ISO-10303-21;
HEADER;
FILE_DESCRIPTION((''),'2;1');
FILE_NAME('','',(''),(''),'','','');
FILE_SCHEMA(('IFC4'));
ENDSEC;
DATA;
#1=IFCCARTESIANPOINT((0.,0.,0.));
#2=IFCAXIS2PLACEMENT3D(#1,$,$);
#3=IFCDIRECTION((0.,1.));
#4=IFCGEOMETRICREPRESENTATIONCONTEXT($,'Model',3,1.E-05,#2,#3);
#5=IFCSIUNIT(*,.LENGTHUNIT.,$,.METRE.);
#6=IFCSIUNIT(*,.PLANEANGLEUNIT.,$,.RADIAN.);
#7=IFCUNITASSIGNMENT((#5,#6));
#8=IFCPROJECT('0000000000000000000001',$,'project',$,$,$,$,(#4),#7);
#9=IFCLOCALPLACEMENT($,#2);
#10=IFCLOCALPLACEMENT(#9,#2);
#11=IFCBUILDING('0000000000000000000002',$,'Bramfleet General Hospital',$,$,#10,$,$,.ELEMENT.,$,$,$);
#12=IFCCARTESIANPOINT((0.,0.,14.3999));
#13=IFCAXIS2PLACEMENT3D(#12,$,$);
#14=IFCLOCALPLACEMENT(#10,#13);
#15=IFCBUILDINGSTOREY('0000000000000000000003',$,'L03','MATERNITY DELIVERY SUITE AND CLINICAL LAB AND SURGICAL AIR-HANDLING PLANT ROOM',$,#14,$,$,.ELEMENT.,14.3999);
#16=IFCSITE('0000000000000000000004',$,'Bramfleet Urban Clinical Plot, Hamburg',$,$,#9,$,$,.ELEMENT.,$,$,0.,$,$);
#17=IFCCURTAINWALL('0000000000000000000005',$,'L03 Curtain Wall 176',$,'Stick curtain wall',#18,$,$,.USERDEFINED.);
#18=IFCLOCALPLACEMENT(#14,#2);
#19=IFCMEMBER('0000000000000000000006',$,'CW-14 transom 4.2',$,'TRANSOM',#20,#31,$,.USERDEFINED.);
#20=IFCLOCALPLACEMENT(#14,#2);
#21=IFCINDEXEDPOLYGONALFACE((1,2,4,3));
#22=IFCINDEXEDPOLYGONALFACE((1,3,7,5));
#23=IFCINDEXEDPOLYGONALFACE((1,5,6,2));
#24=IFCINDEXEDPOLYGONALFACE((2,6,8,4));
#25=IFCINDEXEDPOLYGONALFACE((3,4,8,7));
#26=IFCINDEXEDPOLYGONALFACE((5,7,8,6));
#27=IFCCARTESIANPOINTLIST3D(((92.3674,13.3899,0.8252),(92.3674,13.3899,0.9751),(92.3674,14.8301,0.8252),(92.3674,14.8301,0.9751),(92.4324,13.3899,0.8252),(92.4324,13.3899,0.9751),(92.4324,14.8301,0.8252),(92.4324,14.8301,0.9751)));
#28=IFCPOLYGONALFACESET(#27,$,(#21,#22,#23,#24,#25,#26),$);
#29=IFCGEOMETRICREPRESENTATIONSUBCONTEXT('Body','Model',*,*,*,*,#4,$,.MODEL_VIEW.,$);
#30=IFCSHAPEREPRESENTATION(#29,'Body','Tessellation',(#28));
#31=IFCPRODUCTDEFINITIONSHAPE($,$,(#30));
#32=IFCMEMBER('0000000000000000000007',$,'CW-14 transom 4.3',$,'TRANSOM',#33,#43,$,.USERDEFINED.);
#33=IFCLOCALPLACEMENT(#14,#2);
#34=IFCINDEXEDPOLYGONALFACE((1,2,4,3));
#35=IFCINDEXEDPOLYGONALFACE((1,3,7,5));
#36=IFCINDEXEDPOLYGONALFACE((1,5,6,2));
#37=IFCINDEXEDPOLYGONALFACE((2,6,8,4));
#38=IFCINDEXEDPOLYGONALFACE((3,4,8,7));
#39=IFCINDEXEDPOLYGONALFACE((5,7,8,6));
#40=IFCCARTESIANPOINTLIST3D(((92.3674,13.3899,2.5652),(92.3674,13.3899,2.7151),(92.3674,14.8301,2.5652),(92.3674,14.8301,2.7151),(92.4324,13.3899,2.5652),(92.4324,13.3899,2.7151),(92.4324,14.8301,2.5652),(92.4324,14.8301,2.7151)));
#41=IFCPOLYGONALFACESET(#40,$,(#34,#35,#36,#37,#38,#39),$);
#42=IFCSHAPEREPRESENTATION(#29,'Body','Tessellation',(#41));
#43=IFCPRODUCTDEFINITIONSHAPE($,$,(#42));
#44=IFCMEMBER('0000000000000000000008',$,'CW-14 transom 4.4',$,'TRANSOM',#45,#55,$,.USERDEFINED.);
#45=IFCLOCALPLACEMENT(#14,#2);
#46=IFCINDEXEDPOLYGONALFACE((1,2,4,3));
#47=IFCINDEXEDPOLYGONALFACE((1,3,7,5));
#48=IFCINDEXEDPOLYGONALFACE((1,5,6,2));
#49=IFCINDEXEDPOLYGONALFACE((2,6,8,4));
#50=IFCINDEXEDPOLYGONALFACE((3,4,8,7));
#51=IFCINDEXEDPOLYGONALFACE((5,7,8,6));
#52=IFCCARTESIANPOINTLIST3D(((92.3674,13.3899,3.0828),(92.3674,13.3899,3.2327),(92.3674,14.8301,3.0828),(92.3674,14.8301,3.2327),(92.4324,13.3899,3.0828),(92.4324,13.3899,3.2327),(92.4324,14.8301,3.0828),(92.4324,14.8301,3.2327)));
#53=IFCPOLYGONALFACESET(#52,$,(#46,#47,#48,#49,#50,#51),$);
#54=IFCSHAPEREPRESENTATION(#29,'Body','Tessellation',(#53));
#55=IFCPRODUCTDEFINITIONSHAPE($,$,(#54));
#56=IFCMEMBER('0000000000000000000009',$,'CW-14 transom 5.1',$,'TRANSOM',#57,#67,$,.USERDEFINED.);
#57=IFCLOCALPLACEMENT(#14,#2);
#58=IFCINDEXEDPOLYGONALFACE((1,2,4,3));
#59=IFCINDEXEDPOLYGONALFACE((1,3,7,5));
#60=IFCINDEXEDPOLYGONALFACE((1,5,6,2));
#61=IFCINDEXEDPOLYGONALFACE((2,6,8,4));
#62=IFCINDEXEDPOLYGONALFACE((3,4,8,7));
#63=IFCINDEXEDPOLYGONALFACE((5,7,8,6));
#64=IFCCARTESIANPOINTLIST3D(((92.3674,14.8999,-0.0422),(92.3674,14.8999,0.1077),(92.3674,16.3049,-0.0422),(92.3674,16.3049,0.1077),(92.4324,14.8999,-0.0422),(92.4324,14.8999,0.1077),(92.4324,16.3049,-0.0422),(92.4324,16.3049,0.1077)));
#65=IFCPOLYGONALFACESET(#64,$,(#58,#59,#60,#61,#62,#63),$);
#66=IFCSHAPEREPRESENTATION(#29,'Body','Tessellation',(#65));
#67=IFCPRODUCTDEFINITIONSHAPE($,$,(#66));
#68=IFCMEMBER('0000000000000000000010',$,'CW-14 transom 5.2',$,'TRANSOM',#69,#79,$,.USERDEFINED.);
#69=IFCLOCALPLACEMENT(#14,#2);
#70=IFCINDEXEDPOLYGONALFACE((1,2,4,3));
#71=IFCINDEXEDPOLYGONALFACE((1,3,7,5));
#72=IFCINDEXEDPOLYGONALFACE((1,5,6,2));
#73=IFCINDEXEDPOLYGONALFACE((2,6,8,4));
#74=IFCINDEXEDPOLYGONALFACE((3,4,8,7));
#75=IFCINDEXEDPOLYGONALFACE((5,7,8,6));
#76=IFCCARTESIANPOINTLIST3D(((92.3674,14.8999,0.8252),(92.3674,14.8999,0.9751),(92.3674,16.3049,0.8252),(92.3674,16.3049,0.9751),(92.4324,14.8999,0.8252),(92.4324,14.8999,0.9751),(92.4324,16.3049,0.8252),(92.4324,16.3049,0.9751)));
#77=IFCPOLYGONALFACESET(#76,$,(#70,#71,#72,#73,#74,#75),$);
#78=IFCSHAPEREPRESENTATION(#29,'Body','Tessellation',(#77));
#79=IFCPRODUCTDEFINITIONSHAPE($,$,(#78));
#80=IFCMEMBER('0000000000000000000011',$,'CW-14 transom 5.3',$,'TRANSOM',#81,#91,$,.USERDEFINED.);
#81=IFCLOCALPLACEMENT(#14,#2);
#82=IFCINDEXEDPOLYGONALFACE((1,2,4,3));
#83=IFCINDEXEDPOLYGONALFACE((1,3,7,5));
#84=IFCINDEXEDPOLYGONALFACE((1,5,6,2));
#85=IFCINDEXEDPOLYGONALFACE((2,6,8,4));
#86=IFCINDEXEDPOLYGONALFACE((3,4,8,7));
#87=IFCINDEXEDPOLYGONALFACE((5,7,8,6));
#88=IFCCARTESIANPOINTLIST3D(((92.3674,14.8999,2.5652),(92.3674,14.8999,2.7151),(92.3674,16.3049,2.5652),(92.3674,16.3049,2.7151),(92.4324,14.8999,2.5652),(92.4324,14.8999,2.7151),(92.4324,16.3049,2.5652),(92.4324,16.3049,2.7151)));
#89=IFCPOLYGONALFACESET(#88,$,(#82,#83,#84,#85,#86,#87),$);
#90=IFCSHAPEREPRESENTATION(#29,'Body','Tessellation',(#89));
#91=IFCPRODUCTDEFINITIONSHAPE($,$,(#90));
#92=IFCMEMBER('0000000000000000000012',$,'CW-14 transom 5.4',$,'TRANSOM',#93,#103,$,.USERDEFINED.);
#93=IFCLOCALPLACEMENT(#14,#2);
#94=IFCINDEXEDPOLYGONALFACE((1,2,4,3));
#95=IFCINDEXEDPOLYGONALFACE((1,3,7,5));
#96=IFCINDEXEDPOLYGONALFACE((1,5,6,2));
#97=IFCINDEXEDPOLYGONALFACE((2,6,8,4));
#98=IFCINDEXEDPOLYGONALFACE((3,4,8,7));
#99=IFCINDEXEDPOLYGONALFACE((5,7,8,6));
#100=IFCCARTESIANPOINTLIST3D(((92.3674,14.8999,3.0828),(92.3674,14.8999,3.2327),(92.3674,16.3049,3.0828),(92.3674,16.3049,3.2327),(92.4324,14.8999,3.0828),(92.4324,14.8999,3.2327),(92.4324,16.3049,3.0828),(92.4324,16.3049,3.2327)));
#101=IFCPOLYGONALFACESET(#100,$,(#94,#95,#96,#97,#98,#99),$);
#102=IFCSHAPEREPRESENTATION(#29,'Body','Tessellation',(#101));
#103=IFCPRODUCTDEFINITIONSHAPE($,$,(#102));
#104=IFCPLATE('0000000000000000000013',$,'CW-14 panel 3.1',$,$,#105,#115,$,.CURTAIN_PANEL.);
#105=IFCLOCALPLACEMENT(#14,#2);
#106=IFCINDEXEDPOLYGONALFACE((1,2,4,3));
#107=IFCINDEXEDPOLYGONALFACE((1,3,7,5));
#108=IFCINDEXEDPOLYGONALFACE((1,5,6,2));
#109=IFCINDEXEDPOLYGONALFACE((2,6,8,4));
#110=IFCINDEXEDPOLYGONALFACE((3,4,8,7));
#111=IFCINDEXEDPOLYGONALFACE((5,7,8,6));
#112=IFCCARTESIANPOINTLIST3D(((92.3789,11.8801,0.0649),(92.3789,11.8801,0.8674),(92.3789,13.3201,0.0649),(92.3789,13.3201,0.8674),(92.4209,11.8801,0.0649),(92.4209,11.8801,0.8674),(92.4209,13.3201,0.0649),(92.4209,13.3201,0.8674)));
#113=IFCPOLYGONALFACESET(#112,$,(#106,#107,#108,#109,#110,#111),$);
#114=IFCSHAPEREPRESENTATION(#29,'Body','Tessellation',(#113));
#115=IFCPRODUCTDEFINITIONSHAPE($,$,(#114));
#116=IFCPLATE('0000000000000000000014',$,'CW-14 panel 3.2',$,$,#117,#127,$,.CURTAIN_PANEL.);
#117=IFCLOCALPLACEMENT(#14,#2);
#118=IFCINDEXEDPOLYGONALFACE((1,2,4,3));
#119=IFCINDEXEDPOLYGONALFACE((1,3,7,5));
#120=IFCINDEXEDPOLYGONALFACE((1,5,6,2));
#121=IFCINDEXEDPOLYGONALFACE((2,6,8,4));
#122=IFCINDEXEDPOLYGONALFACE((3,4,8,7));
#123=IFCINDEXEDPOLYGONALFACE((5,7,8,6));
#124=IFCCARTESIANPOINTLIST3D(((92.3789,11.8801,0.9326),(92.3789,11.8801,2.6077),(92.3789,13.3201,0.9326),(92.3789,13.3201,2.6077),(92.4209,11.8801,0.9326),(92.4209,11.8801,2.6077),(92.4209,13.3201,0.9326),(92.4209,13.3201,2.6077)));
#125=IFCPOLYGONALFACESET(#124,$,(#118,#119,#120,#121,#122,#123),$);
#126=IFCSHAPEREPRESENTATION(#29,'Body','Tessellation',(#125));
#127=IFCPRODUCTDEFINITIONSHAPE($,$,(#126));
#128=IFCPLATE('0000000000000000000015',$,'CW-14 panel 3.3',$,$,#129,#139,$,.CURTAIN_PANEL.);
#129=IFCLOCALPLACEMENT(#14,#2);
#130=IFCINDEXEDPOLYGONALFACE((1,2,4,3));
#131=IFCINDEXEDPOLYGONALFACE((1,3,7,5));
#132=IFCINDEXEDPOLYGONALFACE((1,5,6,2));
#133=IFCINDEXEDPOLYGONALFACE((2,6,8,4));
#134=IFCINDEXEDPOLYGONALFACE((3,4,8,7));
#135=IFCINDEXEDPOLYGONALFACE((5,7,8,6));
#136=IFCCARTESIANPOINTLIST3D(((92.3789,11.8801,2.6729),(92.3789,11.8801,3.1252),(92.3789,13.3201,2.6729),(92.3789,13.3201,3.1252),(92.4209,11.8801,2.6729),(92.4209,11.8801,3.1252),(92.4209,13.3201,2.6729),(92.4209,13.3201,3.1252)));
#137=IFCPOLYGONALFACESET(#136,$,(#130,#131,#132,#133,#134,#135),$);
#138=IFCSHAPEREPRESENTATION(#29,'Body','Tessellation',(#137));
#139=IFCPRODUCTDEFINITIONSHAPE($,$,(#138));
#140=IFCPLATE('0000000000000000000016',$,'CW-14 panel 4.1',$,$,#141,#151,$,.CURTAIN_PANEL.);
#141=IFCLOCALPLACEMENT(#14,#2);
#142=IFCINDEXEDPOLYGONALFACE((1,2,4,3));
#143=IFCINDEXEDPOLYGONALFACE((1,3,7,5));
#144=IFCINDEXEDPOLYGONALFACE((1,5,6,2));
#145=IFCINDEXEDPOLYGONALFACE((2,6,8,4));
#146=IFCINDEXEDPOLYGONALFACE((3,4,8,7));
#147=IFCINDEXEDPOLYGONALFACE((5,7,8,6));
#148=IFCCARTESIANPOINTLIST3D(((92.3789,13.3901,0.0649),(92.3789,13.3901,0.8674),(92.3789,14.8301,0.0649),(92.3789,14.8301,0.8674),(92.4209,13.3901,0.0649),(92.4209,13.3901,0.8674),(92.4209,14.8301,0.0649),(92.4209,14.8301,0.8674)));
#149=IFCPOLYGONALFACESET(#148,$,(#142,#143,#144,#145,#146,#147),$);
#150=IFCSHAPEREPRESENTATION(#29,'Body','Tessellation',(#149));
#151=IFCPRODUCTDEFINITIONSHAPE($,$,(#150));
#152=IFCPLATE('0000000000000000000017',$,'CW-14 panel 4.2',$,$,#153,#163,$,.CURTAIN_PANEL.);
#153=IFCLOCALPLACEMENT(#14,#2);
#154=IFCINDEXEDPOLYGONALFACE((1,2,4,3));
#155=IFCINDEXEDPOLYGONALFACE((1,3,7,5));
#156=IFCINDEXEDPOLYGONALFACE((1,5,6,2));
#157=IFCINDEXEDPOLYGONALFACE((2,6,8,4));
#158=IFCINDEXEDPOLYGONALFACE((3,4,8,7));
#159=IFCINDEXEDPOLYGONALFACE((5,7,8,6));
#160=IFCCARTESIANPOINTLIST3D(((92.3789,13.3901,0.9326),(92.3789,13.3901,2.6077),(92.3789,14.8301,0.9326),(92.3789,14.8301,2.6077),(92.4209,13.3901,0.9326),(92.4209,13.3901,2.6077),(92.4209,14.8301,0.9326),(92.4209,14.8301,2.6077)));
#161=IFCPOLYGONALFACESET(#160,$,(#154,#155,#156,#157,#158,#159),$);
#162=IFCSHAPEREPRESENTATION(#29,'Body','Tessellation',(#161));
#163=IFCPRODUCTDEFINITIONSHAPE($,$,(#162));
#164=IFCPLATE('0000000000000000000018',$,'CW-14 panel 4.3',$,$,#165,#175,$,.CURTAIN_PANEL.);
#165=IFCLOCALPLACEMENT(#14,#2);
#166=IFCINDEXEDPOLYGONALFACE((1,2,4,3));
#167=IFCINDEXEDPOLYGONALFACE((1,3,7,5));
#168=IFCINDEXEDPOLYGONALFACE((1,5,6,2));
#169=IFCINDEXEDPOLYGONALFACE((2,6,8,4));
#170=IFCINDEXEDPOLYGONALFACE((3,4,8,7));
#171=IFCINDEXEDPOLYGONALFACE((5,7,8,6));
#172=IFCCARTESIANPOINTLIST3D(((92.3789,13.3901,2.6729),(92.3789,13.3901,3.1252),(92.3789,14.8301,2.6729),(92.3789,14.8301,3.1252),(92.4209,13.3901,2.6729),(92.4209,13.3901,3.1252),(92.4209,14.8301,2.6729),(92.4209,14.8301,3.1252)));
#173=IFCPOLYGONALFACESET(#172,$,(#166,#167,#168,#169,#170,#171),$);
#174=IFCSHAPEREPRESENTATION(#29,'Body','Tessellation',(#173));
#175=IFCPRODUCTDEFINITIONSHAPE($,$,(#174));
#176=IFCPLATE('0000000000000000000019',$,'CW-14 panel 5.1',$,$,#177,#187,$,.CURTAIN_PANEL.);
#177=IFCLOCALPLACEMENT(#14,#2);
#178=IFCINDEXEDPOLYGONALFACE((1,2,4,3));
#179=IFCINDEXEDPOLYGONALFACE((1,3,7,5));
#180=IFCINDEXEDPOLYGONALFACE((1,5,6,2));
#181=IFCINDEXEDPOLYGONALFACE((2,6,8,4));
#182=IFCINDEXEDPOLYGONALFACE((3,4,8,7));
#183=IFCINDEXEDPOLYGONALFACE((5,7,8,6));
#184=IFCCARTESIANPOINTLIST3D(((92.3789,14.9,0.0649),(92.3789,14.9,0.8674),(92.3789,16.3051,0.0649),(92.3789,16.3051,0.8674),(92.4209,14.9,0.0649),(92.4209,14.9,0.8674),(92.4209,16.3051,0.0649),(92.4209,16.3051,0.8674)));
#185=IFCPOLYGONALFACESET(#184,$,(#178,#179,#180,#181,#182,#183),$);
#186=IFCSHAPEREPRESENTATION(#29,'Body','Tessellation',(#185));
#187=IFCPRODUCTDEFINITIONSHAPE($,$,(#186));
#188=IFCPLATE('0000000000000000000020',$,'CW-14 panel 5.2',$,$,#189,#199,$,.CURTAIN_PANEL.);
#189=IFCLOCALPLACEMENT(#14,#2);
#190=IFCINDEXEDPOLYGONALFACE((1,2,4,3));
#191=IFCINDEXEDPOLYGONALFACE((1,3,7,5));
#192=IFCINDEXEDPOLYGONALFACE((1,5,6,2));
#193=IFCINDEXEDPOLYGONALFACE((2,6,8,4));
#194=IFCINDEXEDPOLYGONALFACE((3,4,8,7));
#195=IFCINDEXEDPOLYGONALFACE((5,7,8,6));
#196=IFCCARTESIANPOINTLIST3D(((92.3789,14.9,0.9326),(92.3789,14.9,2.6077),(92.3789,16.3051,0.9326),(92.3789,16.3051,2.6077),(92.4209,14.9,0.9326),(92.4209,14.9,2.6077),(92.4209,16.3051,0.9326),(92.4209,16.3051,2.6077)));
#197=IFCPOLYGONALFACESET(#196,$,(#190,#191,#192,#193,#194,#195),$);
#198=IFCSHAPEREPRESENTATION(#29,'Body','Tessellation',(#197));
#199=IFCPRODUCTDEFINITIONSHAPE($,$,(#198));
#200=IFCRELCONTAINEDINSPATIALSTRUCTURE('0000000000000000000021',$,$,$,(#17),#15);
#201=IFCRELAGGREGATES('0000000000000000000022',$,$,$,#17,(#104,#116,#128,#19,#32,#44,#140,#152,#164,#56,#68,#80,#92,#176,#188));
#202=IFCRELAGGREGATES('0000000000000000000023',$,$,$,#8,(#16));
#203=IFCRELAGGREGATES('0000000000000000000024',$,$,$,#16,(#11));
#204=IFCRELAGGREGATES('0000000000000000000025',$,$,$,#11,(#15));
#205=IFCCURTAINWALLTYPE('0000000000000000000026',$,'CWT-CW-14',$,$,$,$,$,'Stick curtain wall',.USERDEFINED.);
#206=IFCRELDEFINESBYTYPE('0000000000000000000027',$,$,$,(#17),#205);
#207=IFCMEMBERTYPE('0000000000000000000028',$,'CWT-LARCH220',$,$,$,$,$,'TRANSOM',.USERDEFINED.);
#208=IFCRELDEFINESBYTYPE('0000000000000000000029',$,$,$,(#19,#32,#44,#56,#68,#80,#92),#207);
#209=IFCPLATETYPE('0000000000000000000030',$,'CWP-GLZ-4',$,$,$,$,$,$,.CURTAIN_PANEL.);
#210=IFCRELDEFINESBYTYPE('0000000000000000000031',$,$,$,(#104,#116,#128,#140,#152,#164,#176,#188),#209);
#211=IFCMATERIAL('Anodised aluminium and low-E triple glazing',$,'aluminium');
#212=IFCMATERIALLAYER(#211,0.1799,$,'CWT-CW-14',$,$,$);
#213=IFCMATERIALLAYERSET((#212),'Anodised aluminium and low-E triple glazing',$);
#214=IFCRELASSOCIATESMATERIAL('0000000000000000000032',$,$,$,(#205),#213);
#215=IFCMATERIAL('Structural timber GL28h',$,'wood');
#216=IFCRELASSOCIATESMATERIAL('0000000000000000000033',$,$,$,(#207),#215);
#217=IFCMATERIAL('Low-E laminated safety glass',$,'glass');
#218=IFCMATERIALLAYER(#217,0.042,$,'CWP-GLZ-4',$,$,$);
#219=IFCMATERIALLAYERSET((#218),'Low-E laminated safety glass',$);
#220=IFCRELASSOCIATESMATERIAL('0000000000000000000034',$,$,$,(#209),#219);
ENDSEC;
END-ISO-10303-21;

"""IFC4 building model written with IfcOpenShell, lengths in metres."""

from ifc_helpers import new_model, si_unit, direction, frame, origin, origin_2d, place, context, subcontext, project, spatial, rectangle, extrude, material, layer, layer_set, material_profile, profile_set, type_object, element, aggregate, save


model = new_model("IFC4")

# Units and contexts
model_context = context("Model", 3, precision=1e-05, world=origin(), true_north=direction((0.0, 1.0)))
body_context = subcontext(model_context, "Body", "Model", "MODEL_VIEW")
ifc_project = project(units=[si_unit("LENGTHUNIT", "METRE"), si_unit("PLANEANGLEUNIT", "RADIAN")], contexts=[model_context])

# Site, building, storey
site_placement = place(None, origin())
site = spatial("IfcSite", under=ifc_project, at=site_placement, Name="Bramfleet Urban Clinical Plot, Hamburg", CompositionType="ELEMENT", RefElevation=0.0)
building_placement = place(site_placement, origin())
building = spatial("IfcBuilding", under=site, at=building_placement, Name="Bramfleet General Hospital", CompositionType="ELEMENT")
storey_placement = place(building_placement, frame((0.0, 0.0, 14.3999)))
storey = spatial("IfcBuildingStorey", under=building, at=storey_placement, Name="L03", Description="MATERNITY DELIVERY SUITE AND CLINICAL LAB AND SURGICAL AIR-HANDLING PLANT ROOM", CompositionType="ELEMENT", Elevation=14.3999)

# Curtain wall
ifc_material_1 = material(Name="Anodised aluminium and low-E triple glazing", Category="aluminium")
ifc_layer_1 = layer(ifc_material_1, 0.1799, Name="CWT-CW-14")
ifc_layer_set_1 = layer_set([ifc_layer_1], Name="Anodised aluminium and low-E triple glazing")
curtain_wall_type_1 = type_object("IfcCurtainWallType", Name="CWT-CW-14", ElementType="Stick curtain wall", PredefinedType="USERDEFINED", material=ifc_layer_set_1)
curtain_wall_1_placement = place(storey_placement, origin())
curtain_wall_1 = element("IfcCurtainWall", 1, at=curtain_wall_1_placement, inside=storey, type_object=curtain_wall_type_1, Name="L03 Curtain Wall 176", ObjectType="Stick curtain wall", PredefinedType="USERDEFINED")
ifc_material_2 = material(Name="Structural timber GL28h", Category="wood")

# Members
ifc_material_profile_1 = material_profile(ifc_material_2, rectangle(XDim=0.0649, YDim=0.1499, at=origin_2d()), Name="LARCH 150x65")
ifc_profile_set_1 = profile_set([ifc_material_profile_1], Name="Structural timber GL28h")
member_type_1 = type_object("IfcMemberType", Name="CWT-LARCH220", ElementType="TRANSOM", PredefinedType="USERDEFINED", material=ifc_profile_set_1)
member_1_placement = place(storey_placement, frame((92.3999, 13.3899, 0.9001), z_axis=(0.0, 1.0, 0.0), x_axis=(-1.0, 0.0, 0.0)))
member_1 = element("IfcMember", 2, at=member_1_placement, type_object=member_type_1, Name="CW-14 transom 4.2", ObjectType="TRANSOM", PredefinedType="USERDEFINED", context=body_context, shape_type="SweptSolid", body=[
    extrude(rectangle(XDim=0.0649, YDim=0.1499, at=origin_2d()), origin(), (0.0, 0.0, 1.0), 1.4402),
])
member_2_placement = place(storey_placement, frame((92.3999, 13.3899, 2.6401), z_axis=(0.0, 1.0, 0.0), x_axis=(-1.0, 0.0, 0.0)))
member_2 = element("IfcMember", 3, at=member_2_placement, type_object=member_type_1, Name="CW-14 transom 4.3", ObjectType="TRANSOM", PredefinedType="USERDEFINED", context=body_context, shape_type="SweptSolid", body=[
    extrude(rectangle(XDim=0.0649, YDim=0.1499, at=origin_2d()), origin(), (0.0, 0.0, 1.0), 1.4402),
])
member_3_placement = place(storey_placement, frame((92.3999, 13.3899, 3.1577), z_axis=(0.0, 1.0, 0.0), x_axis=(-1.0, 0.0, 0.0)))
member_3 = element("IfcMember", 4, at=member_3_placement, type_object=member_type_1, Name="CW-14 transom 4.4", ObjectType="TRANSOM", PredefinedType="USERDEFINED", context=body_context, shape_type="SweptSolid", body=[
    extrude(rectangle(XDim=0.0649, YDim=0.1499, at=origin_2d()), origin(), (0.0, 0.0, 1.0), 1.4402),
])
member_4_placement = place(storey_placement, frame((92.3999, 14.8999, 0.0327), z_axis=(0.0, 1.0, 0.0), x_axis=(-1.0, 0.0, 0.0)))
member_4 = element("IfcMember", 5, at=member_4_placement, type_object=member_type_1, Name="CW-14 transom 5.1", ObjectType="TRANSOM", PredefinedType="USERDEFINED", context=body_context, shape_type="SweptSolid", body=[
    extrude(rectangle(XDim=0.0649, YDim=0.1499, at=origin_2d()), origin(), (0.0, 0.0, 1.0), 1.405),
])
member_5_placement = place(storey_placement, frame((92.3999, 14.8999, 0.9001), z_axis=(0.0, 1.0, 0.0), x_axis=(-1.0, 0.0, 0.0)))
member_5 = element("IfcMember", 6, at=member_5_placement, type_object=member_type_1, Name="CW-14 transom 5.2", ObjectType="TRANSOM", PredefinedType="USERDEFINED", context=body_context, shape_type="SweptSolid", body=[
    extrude(rectangle(XDim=0.0649, YDim=0.1499, at=origin_2d()), origin(), (0.0, 0.0, 1.0), 1.405),
])
member_6_placement = place(storey_placement, frame((92.3999, 14.8999, 2.6401), z_axis=(0.0, 1.0, 0.0), x_axis=(-1.0, 0.0, 0.0)))
member_6 = element("IfcMember", 7, at=member_6_placement, type_object=member_type_1, Name="CW-14 transom 5.3", ObjectType="TRANSOM", PredefinedType="USERDEFINED", context=body_context, shape_type="SweptSolid", body=[
    extrude(rectangle(XDim=0.0649, YDim=0.1499, at=origin_2d()), origin(), (0.0, 0.0, 1.0), 1.405),
])
member_7_placement = place(storey_placement, frame((92.3999, 14.8999, 3.1577), z_axis=(0.0, 1.0, 0.0), x_axis=(-1.0, 0.0, 0.0)))
member_7 = element("IfcMember", 8, at=member_7_placement, type_object=member_type_1, Name="CW-14 transom 5.4", ObjectType="TRANSOM", PredefinedType="USERDEFINED", context=body_context, shape_type="SweptSolid", body=[
    extrude(rectangle(XDim=0.0649, YDim=0.1499, at=origin_2d()), origin(), (0.0, 0.0, 1.0), 1.405),
])

# Plates
ifc_material_3 = material(Name="Low-E laminated safety glass", Category="glass")
ifc_layer_2 = layer(ifc_material_3, 0.042, Name="CWP-GLZ-4")
ifc_layer_set_2 = layer_set([ifc_layer_2], Name="Low-E laminated safety glass")
plate_type = type_object("IfcPlateType", Name="CWP-GLZ-4", PredefinedType="CURTAIN_PANEL", material=ifc_layer_set_2)
plate_1_placement = place(storey_placement, frame((92.3999, 12.6001, 0.0649), z_axis=(0.0, 0.0, 1.0), x_axis=(0.0, 1.0, 0.0)))
plate_1 = element("IfcPlate", 9, at=plate_1_placement, type_object=plate_type, Name="CW-14 panel 3.1", PredefinedType="CURTAIN_PANEL", context=body_context, shape_type="SweptSolid", body=[
    extrude(rectangle(XDim=1.4399, YDim=0.042, at=origin_2d()), origin(), (0.0, 0.0, 1.0), 0.8025),
])
plate_2_placement = place(storey_placement, frame((92.3999, 12.6001, 0.9326), z_axis=(0.0, 0.0, 1.0), x_axis=(0.0, 1.0, 0.0)))
plate_2 = element("IfcPlate", 10, at=plate_2_placement, type_object=plate_type, Name="CW-14 panel 3.2", PredefinedType="CURTAIN_PANEL", context=body_context, shape_type="SweptSolid", body=[
    extrude(rectangle(XDim=1.4399, YDim=0.042, at=origin_2d()), origin(), (0.0, 0.0, 1.0), 1.675),
])
plate_3_placement = place(storey_placement, frame((92.3999, 12.6001, 2.6729), z_axis=(0.0, 0.0, 1.0), x_axis=(0.0, 1.0, 0.0)))
plate_3 = element("IfcPlate", 11, at=plate_3_placement, type_object=plate_type, Name="CW-14 panel 3.3", PredefinedType="CURTAIN_PANEL", context=body_context, shape_type="SweptSolid", body=[
    extrude(rectangle(XDim=1.4399, YDim=0.042, at=origin_2d()), origin(), (0.0, 0.0, 1.0), 0.4524),
])
plate_4_placement = place(storey_placement, frame((92.3999, 14.1101, 0.0649), z_axis=(0.0, 0.0, 1.0), x_axis=(0.0, 1.0, 0.0)))
plate_4 = element("IfcPlate", 12, at=plate_4_placement, type_object=plate_type, Name="CW-14 panel 4.1", PredefinedType="CURTAIN_PANEL", context=body_context, shape_type="SweptSolid", body=[
    extrude(rectangle(XDim=1.4399, YDim=0.042, at=origin_2d()), origin(), (0.0, 0.0, 1.0), 0.8025),
])
plate_5_placement = place(storey_placement, frame((92.3999, 14.1101, 0.9326), z_axis=(0.0, 0.0, 1.0), x_axis=(0.0, 1.0, 0.0)))
plate_5 = element("IfcPlate", 13, at=plate_5_placement, type_object=plate_type, Name="CW-14 panel 4.2", PredefinedType="CURTAIN_PANEL", context=body_context, shape_type="SweptSolid", body=[
    extrude(rectangle(XDim=1.4399, YDim=0.042, at=origin_2d()), origin(), (0.0, 0.0, 1.0), 1.675),
])
plate_6_placement = place(storey_placement, frame((92.3999, 14.1101, 2.6729), z_axis=(0.0, 0.0, 1.0), x_axis=(0.0, 1.0, 0.0)))
plate_6 = element("IfcPlate", 14, at=plate_6_placement, type_object=plate_type, Name="CW-14 panel 4.3", PredefinedType="CURTAIN_PANEL", context=body_context, shape_type="SweptSolid", body=[
    extrude(rectangle(XDim=1.4399, YDim=0.042, at=origin_2d()), origin(), (0.0, 0.0, 1.0), 0.4524),
])
plate_7_placement = place(storey_placement, frame((92.3999, 15.6025, 0.0649), z_axis=(0.0, 0.0, 1.0), x_axis=(0.0, 1.0, 0.0)))
plate_7 = element("IfcPlate", 15, at=plate_7_placement, type_object=plate_type, Name="CW-14 panel 5.1", PredefinedType="CURTAIN_PANEL", context=body_context, shape_type="SweptSolid", body=[
    extrude(rectangle(XDim=1.405, YDim=0.042, at=origin_2d()), origin(), (0.0, 0.0, 1.0), 0.8025),
])
plate_8_placement = place(storey_placement, frame((92.3999, 15.6025, 0.9326), z_axis=(0.0, 0.0, 1.0), x_axis=(0.0, 1.0, 0.0)))
plate_8 = element("IfcPlate", 16, at=plate_8_placement, type_object=plate_type, Name="CW-14 panel 5.2", PredefinedType="CURTAIN_PANEL", context=body_context, shape_type="SweptSolid", body=[
    extrude(rectangle(XDim=1.405, YDim=0.042, at=origin_2d()), origin(), (0.0, 0.0, 1.0), 1.675),
])
aggregate(curtain_wall_1, [plate_1, plate_2, plate_3, member_1, member_2, member_3, plate_4, plate_5, plate_6, member_4, member_5, member_6, member_7, plate_7, plate_8])

save(model, "model.ifc")
